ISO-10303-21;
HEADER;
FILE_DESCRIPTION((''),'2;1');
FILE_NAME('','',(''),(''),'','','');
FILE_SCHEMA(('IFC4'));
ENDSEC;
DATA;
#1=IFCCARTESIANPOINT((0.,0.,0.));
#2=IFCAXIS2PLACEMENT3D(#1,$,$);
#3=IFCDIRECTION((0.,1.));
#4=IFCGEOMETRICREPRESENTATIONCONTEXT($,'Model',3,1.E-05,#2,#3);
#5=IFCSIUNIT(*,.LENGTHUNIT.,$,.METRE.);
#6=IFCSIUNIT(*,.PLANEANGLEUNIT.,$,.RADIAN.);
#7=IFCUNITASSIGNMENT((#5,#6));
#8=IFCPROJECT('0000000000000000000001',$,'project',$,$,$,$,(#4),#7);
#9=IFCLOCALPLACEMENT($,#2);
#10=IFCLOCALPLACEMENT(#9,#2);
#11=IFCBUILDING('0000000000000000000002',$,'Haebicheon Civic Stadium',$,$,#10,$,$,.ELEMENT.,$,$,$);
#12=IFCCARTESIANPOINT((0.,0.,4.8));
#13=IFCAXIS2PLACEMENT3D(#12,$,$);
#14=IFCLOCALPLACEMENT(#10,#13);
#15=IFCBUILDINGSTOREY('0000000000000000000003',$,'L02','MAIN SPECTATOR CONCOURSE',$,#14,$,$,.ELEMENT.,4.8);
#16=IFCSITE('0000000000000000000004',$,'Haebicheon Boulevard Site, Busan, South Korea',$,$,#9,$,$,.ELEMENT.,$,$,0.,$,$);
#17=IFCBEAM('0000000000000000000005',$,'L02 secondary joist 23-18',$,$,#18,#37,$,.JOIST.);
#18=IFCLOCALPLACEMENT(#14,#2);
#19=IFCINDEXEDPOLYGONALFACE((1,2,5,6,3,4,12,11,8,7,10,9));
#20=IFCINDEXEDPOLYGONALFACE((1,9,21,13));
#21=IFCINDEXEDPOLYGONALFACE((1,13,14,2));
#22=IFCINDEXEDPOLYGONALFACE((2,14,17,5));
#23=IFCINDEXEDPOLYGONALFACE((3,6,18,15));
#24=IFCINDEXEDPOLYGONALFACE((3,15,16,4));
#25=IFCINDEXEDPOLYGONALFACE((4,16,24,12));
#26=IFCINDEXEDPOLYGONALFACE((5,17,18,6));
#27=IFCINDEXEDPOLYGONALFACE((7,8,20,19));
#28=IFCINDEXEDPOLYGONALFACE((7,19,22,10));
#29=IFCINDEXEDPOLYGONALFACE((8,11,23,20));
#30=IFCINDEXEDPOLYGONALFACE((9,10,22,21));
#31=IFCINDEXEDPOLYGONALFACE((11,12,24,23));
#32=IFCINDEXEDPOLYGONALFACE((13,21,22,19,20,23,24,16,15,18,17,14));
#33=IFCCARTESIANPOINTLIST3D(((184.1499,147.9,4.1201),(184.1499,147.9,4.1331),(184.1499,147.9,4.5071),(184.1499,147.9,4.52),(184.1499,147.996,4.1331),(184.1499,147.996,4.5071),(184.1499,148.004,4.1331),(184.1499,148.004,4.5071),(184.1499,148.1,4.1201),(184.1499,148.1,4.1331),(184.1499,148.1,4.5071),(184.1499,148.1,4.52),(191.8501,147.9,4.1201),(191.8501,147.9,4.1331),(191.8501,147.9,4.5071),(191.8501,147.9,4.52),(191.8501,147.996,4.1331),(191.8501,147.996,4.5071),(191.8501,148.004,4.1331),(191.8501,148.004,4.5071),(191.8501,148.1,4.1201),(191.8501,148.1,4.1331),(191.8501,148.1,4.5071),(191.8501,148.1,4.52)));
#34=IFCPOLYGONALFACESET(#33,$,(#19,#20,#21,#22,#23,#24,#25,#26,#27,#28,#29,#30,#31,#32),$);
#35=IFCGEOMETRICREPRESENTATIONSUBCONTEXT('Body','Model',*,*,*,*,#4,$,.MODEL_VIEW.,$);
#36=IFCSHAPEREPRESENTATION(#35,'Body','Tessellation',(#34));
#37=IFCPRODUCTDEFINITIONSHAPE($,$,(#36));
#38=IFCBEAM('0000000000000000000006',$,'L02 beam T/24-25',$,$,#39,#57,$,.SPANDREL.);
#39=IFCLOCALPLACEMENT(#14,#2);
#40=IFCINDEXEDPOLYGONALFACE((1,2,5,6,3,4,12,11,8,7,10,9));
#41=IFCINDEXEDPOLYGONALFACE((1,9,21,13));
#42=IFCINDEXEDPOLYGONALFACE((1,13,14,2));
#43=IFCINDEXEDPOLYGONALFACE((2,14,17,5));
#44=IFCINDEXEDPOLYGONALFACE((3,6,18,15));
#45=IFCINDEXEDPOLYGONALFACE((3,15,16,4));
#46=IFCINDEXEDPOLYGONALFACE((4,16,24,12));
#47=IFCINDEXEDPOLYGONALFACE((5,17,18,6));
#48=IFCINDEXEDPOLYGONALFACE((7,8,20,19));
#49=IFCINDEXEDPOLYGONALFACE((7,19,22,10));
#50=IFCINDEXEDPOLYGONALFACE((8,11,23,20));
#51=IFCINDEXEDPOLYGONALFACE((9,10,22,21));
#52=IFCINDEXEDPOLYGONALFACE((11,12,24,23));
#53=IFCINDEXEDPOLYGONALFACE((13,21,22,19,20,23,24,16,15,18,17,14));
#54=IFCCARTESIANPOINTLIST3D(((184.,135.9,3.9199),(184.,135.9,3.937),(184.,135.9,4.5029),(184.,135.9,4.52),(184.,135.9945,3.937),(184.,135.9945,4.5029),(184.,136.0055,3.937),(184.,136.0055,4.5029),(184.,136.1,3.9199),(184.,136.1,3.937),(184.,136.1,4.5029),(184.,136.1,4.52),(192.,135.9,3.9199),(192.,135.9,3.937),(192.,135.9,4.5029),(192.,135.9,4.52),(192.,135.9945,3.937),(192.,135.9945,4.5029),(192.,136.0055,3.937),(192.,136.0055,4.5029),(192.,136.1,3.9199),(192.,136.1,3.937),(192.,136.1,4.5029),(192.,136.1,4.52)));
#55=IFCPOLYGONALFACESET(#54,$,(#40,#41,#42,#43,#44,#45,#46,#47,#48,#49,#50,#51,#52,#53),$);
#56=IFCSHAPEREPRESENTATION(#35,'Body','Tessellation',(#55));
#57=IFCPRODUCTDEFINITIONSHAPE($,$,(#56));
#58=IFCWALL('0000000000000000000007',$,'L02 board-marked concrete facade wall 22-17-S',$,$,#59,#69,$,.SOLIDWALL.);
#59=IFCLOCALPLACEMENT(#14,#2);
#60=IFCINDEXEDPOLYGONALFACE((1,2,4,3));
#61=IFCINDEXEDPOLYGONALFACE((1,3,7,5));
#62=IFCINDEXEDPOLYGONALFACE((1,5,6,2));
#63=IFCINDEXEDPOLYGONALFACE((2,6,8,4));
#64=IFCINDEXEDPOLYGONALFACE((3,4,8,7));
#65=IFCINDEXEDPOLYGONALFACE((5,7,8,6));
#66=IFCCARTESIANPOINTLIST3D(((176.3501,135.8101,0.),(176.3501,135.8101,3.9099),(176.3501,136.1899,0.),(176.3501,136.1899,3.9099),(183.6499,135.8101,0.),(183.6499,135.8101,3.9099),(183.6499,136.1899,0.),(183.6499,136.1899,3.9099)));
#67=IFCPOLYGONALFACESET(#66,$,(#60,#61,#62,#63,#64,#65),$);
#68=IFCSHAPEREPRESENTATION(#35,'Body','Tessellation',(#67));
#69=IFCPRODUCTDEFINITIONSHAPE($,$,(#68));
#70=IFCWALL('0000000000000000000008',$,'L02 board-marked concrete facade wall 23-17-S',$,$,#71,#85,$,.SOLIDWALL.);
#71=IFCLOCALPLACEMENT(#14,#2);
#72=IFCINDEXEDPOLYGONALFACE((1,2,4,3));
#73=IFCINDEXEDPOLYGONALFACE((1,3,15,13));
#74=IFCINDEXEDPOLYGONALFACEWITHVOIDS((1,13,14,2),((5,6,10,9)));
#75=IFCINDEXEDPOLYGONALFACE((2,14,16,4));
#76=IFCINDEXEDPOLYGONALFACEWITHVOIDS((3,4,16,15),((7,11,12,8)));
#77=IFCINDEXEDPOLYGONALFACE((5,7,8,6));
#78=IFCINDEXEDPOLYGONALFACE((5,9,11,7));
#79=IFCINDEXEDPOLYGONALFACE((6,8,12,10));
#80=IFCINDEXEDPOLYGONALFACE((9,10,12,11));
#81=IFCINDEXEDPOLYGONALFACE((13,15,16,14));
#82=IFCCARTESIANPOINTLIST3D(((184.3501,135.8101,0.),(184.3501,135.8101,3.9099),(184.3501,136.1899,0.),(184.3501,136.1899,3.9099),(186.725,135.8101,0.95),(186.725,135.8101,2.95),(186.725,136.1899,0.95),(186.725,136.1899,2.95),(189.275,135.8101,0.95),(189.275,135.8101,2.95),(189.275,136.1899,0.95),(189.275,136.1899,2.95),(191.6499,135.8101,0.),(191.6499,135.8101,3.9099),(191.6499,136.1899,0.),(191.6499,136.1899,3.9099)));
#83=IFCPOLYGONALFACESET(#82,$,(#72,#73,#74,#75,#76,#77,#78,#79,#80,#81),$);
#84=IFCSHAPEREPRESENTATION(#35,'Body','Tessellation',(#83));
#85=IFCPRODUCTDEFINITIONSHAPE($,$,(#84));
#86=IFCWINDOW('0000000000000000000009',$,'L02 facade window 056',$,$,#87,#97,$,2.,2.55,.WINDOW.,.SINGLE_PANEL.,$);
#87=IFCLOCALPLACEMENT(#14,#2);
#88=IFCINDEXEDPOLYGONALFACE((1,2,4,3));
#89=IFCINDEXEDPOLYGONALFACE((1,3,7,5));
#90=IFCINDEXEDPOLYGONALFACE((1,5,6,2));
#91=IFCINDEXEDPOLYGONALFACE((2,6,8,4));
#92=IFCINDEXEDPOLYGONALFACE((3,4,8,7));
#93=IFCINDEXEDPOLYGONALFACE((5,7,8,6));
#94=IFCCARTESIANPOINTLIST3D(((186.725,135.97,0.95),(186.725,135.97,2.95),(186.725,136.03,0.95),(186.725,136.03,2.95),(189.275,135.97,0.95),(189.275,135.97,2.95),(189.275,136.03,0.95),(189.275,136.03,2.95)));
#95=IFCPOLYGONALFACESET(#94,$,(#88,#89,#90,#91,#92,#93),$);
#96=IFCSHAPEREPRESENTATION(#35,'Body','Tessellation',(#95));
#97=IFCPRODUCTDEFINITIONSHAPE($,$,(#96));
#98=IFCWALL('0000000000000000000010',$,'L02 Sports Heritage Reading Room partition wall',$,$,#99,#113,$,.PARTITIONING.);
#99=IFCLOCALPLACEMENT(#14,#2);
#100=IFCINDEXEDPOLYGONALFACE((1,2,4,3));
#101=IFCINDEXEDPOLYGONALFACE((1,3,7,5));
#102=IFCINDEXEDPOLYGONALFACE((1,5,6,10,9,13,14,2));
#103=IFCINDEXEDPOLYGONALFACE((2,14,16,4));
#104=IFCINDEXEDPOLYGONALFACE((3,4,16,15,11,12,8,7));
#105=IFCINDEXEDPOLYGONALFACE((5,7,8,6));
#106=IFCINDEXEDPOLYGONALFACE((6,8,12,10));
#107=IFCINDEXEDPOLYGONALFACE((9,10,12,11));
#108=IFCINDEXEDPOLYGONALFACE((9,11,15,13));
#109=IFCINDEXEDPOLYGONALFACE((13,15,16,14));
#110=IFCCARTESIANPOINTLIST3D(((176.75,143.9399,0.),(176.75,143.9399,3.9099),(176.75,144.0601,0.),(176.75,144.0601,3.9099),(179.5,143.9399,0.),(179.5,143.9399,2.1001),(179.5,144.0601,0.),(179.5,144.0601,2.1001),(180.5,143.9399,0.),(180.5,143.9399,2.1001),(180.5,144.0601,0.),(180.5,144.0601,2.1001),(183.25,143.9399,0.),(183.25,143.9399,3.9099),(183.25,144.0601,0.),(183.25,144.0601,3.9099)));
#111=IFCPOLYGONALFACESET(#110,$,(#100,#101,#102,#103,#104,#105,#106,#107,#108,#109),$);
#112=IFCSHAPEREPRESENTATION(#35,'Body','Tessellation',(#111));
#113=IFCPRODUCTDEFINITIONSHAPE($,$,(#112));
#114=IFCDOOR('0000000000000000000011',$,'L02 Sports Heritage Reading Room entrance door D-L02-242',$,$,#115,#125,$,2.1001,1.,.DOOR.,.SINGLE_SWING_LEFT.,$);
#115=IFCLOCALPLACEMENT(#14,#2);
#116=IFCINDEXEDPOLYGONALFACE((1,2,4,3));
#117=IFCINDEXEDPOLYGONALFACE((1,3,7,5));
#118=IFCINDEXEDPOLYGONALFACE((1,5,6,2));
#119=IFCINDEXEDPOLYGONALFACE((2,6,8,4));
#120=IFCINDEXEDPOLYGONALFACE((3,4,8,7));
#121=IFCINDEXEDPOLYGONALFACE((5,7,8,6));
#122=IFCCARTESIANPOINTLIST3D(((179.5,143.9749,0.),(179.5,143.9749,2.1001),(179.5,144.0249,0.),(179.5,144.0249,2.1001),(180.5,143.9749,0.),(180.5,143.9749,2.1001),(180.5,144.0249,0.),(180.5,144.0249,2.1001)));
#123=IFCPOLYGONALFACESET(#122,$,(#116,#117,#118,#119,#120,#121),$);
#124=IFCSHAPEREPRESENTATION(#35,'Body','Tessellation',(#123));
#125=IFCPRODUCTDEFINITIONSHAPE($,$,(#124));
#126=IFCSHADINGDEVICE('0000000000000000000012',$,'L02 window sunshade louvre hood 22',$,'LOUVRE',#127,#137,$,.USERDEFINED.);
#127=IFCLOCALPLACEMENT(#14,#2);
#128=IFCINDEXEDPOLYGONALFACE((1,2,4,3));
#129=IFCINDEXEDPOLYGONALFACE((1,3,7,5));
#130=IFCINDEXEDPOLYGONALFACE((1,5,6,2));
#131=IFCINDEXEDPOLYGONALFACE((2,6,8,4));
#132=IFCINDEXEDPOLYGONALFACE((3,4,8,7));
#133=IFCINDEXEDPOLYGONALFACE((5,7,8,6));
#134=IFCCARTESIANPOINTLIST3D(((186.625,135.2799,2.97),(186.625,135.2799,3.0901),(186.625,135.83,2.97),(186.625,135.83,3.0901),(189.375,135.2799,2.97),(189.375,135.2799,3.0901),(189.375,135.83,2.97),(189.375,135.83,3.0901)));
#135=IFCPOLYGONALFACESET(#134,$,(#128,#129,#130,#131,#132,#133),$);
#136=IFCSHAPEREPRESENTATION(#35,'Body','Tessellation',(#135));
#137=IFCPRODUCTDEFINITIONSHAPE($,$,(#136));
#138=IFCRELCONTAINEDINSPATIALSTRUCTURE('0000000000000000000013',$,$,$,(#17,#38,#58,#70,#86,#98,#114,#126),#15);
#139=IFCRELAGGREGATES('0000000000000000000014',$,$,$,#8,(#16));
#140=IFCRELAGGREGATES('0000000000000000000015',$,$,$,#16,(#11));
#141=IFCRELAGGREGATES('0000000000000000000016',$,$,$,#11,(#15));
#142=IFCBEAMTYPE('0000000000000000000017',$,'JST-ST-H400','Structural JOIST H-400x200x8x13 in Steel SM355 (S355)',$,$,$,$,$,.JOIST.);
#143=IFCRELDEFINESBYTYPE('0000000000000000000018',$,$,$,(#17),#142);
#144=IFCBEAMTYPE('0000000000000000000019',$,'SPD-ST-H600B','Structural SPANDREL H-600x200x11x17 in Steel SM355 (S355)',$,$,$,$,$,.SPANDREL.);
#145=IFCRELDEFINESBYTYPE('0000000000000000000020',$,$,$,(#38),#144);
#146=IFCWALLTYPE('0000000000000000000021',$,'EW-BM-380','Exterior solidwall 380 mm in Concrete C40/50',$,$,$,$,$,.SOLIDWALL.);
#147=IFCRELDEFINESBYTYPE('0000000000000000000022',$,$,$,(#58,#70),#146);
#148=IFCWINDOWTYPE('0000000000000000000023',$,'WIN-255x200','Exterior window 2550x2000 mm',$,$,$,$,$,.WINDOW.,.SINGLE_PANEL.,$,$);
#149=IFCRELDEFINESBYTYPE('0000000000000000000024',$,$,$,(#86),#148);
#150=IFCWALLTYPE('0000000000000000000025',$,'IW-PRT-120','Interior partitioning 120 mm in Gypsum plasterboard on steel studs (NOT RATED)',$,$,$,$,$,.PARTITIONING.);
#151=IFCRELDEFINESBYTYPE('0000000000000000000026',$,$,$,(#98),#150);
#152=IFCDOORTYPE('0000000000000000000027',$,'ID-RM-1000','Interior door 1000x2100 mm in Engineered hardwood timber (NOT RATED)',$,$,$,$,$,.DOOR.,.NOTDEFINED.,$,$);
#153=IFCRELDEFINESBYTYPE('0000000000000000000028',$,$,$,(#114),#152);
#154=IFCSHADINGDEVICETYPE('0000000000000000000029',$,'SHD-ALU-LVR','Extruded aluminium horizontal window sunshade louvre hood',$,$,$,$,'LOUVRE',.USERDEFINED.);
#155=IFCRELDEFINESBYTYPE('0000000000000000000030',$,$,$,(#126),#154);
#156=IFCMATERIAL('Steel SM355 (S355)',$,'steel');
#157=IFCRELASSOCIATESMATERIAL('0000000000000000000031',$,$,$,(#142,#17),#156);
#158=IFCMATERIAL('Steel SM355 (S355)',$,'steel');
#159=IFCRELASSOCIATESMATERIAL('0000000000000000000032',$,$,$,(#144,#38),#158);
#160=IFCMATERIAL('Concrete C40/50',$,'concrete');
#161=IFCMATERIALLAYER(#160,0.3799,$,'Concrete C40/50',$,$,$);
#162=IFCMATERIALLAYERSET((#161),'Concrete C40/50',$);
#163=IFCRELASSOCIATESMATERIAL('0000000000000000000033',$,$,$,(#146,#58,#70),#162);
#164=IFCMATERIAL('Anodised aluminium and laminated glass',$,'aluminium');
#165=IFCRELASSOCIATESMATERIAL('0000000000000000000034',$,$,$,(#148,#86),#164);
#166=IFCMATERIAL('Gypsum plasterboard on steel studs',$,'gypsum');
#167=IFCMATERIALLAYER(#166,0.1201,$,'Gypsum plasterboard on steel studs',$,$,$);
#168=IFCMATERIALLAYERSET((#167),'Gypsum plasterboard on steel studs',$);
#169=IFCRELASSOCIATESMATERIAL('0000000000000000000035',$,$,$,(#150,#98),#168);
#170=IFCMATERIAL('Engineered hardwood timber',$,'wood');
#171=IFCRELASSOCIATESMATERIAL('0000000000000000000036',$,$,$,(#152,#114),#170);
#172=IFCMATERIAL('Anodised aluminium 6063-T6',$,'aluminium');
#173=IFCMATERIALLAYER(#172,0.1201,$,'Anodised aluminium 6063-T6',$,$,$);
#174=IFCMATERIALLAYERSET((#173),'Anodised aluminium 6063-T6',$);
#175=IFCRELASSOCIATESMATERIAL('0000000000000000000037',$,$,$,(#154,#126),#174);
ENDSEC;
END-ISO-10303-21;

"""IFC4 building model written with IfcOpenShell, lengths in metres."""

from ifc_helpers import new_model, si_unit, direction, frame, frame_2d, origin, origin_2d, place, context, subcontext, project, spatial, rectangle, i_section, extrude, material, layer, layer_set, material_profile, profile_set, type_object, element, fill, save


model = new_model("IFC4")

# Units and contexts
model_context = context("Model", 3, precision=1e-05, world=origin(), true_north=direction((0.0, 1.0)))
body_context = subcontext(model_context, "Body", "Model", "MODEL_VIEW")
ifc_project = project(units=[si_unit("LENGTHUNIT", "METRE"), si_unit("PLANEANGLEUNIT", "RADIAN")], contexts=[model_context])

# Site, building, storey
site_placement = place(None, origin())
site = spatial("IfcSite", under=ifc_project, at=site_placement, Name="Haebicheon Boulevard Site, Busan, South Korea", CompositionType="ELEMENT", RefElevation=0.0)
building_placement = place(site_placement, origin())
building = spatial("IfcBuilding", under=site, at=building_placement, Name="Haebicheon Civic Stadium", CompositionType="ELEMENT")
storey_placement = place(building_placement, frame((0.0, 0.0, 4.8)))
storey = spatial("IfcBuildingStorey", under=building, at=storey_placement, Name="L02", Description="MAIN SPECTATOR CONCOURSE", CompositionType="ELEMENT", Elevation=4.8)

# Beams
ifc_material_1 = material(Name="Steel SM355 (S355)", Category="steel")
ifc_material_profile_1 = material_profile(ifc_material_1, i_section(OverallWidth=0.2, OverallDepth=0.3999, WebThickness=0.0081, FlangeThickness=0.0129, at=origin_2d()), Name="H-400x200x8x13")
ifc_profile_set_1 = profile_set([ifc_material_profile_1], Name="Steel SM355 (S355)")
beam_type_1 = type_object("IfcBeamType", Name="JST-ST-H400", Description="Structural JOIST H-400x200x8x13 in Steel SM355 (S355)", PredefinedType="JOIST", material=ifc_profile_set_1)
for number, where, z_axis, x_axis, name in (
    (1, (184.1499, 148.0, 4.3201), (1.0, 0.0, 0.0), (0.0, 1.0, 0.0), "L02 secondary joist 23-18"),
):
    element("IfcBeam", number, at=place(storey_placement, frame(where, z_axis=z_axis, x_axis=x_axis)), inside=storey, type_object=beam_type_1, material=ifc_profile_set_1, Name=name, PredefinedType="JOIST", context=body_context, shape_type="SweptSolid", body=[
        extrude(i_section(OverallWidth=0.2, OverallDepth=0.3999, WebThickness=0.0081, FlangeThickness=0.0129, at=origin_2d()), origin(), (0.0, 0.0, 1.0), 7.7002),
    ])
ifc_material_2 = material(Name="Steel SM355 (S355)", Category="steel")
ifc_material_profile_2 = material_profile(ifc_material_2, i_section(OverallWidth=0.2, OverallDepth=0.6001, WebThickness=0.011, FlangeThickness=0.0171, at=origin_2d()), Name="H-600x200x11x17")
ifc_profile_set_2 = profile_set([ifc_material_profile_2], Name="Steel SM355 (S355)")
beam_type_2 = type_object("IfcBeamType", Name="SPD-ST-H600B", Description="Structural SPANDREL H-600x200x11x17 in Steel SM355 (S355)", PredefinedType="SPANDREL", material=ifc_profile_set_2)
beam_1_placement = place(storey_placement, frame((184.0, 136.0, 4.22), z_axis=(1.0, 0.0, 0.0), x_axis=(0.0, 1.0, 0.0)))
element("IfcBeam", 2, at=beam_1_placement, inside=storey, type_object=beam_type_2, material=ifc_profile_set_2, Name="L02 beam T/24-25", PredefinedType="SPANDREL", context=body_context, shape_type="SweptSolid", body=[
    extrude(i_section(OverallWidth=0.2, OverallDepth=0.6001, WebThickness=0.011, FlangeThickness=0.0171, at=origin_2d()), origin(), (0.0, 0.0, 1.0), 8.0),
])

# Wall
ifc_material_3 = material(Name="Concrete C40/50", Category="concrete")
ifc_layer_1 = layer(ifc_material_3, 0.3799, Name="Concrete C40/50")
ifc_layer_set_1 = layer_set([ifc_layer_1], Name="Concrete C40/50")
wall_type_1 = type_object("IfcWallType", Name="EW-BM-380", Description="Exterior solidwall 380 mm in Concrete C40/50", PredefinedType="SOLIDWALL", material=ifc_layer_set_1)
wall_1_placement = place(storey_placement, frame((176.3501, 136.0, 0.0), z_axis=(0.0, 0.0, 1.0), x_axis=(1.0, 0.0, 0.0)))
element("IfcWall", 3, at=wall_1_placement, inside=storey, type_object=wall_type_1, material=ifc_layer_set_1, Name="L02 board-marked concrete facade wall 22-17-S", PredefinedType="SOLIDWALL", context=body_context, shape_type="SweptSolid", body=[
    extrude(rectangle(XDim=7.2998, YDim=0.3799, at=frame_2d((3.6499, 0.0))), origin(), (0.0, 0.0, 1.0), 3.9099),
])

# Wall, opening, window
wall_2_placement = place(storey_placement, frame((184.3501, 136.0, 0.0), z_axis=(0.0, 0.0, 1.0), x_axis=(1.0, 0.0, 0.0)))
wall_2 = element("IfcWall", 4, at=wall_2_placement, inside=storey, type_object=wall_type_1, material=ifc_layer_set_1, Name="L02 board-marked concrete facade wall 23-17-S", PredefinedType="SOLIDWALL", context=body_context, shape_type="SweptSolid", body=[
    extrude(rectangle(XDim=7.2998, YDim=0.3799, at=frame_2d((3.6499, 0.0))), origin(), (0.0, 0.0, 1.0), 3.9099),
])
opening_1_placement = place(wall_2_placement, frame((2.375, 0.0, 0.95)))
opening_1 = element("IfcOpeningElement", 5, at=opening_1_placement, cuts=wall_2, PredefinedType="OPENING", context=body_context, shape_type="SweptSolid", body=[
    extrude(rectangle(XDim=2.55, YDim=2.0, at=frame_2d((1.2749, 1.0))), frame((0.0, 0.2, 0.0), z_axis=(0.0, -1.0, 0.0), x_axis=(1.0, 0.0, 0.0)), (0.0, 0.0, 1.0), 0.3999),
])
ifc_material_4 = material(Name="Anodised aluminium and laminated glass", Category="aluminium")
window_type = type_object("IfcWindowType", Name="WIN-255x200", Description="Exterior window 2550x2000 mm", PartitioningType="SINGLE_PANEL", PredefinedType="WINDOW", material=ifc_material_4)
window_placement = place(opening_1_placement, origin())
window = element("IfcWindow", 6, at=window_placement, inside=storey, type_object=window_type, material=ifc_material_4, Name="L02 facade window 056", OverallHeight=2.0, OverallWidth=2.55, PartitioningType="SINGLE_PANEL", PredefinedType="WINDOW", context=body_context, shape_type="SweptSolid", body=[
    extrude(rectangle(XDim=2.55, YDim=2.0, at=frame_2d((1.2749, 1.0))), frame((0.0, 0.03, 0.0), z_axis=(0.0, -1.0, 0.0), x_axis=(1.0, 0.0, 0.0)), (0.0, 0.0, 1.0), 0.0601),
])
fill(opening_1, window)

# Wall, opening, door
ifc_material_5 = material(Name="Gypsum plasterboard on steel studs", Category="gypsum")
ifc_layer_2 = layer(ifc_material_5, 0.1201, Name="Gypsum plasterboard on steel studs")
ifc_layer_set_2 = layer_set([ifc_layer_2], Name="Gypsum plasterboard on steel studs")
wall_type_2 = type_object("IfcWallType", Name="IW-PRT-120", Description="Interior partitioning 120 mm in Gypsum plasterboard on steel studs (NOT RATED)", PredefinedType="PARTITIONING", material=ifc_layer_set_2)
wall_3_placement = place(storey_placement, frame((176.75, 144.0, 0.0), z_axis=(0.0, 0.0, 1.0), x_axis=(1.0, 0.0, 0.0)))
wall_3 = element("IfcWall", 7, at=wall_3_placement, inside=storey, type_object=wall_type_2, material=ifc_layer_set_2, Name="L02 Sports Heritage Reading Room partition wall", PredefinedType="PARTITIONING", context=body_context, shape_type="SweptSolid", body=[
    extrude(rectangle(XDim=6.5, YDim=0.1201, at=frame_2d((3.25, 0.0))), origin(), (0.0, 0.0, 1.0), 3.9099),
])
opening_2_placement = place(wall_3_placement, frame((2.75, 0.0, 0.0)))
opening_2 = element("IfcOpeningElement", 8, at=opening_2_placement, cuts=wall_3, PredefinedType="OPENING", context=body_context, shape_type="SweptSolid", body=[
    extrude(rectangle(XDim=1.0, YDim=2.1001, at=frame_2d((0.5, 1.05))), frame((0.0, 0.0701, 0.0), z_axis=(0.0, -1.0, 0.0), x_axis=(1.0, 0.0, 0.0)), (0.0, 0.0, 1.0), 0.1401),
])
ifc_material_6 = material(Name="Engineered hardwood timber", Category="wood")
door_type = type_object("IfcDoorType", Name="ID-RM-1000", Description="Interior door 1000x2100 mm in Engineered hardwood timber (NOT RATED)", OperationType="NOTDEFINED", PredefinedType="DOOR", material=ifc_material_6)
door_placement = place(opening_2_placement, origin())
door = element("IfcDoor", 9, at=door_placement, inside=storey, type_object=door_type, material=ifc_material_6, Name="L02 Sports Heritage Reading Room entrance door D-L02-242", OperationType="SINGLE_SWING_LEFT", OverallHeight=2.1001, OverallWidth=1.0, PredefinedType="DOOR", context=body_context, shape_type="SweptSolid", body=[
    extrude(rectangle(XDim=1.0, YDim=2.1001, at=frame_2d((0.5, 1.05))), frame((0.0, 0.0249, 0.0), z_axis=(0.0, -1.0, 0.0), x_axis=(1.0, 0.0, 0.0)), (0.0, 0.0, 1.0), 0.05),
])
fill(opening_2, door)

# Shading device
ifc_material_7 = material(Name="Anodised aluminium 6063-T6", Category="aluminium")
ifc_layer_3 = layer(ifc_material_7, 0.1201, Name="Anodised aluminium 6063-T6")
ifc_layer_set_3 = layer_set([ifc_layer_3], Name="Anodised aluminium 6063-T6")
shading_device_type = type_object("IfcShadingDeviceType", Name="SHD-ALU-LVR", Description="Extruded aluminium horizontal window sunshade louvre hood", ElementType="LOUVRE", PredefinedType="USERDEFINED", material=ifc_layer_set_3)
shading_device_placement = place(storey_placement, frame((188.0, 135.5549, 2.97), z_axis=(0.0, 0.0, 1.0), x_axis=(1.0, 0.0, 0.0)))
element("IfcShadingDevice", 10, at=shading_device_placement, inside=storey, type_object=shading_device_type, material=ifc_layer_set_3, Name="L02 window sunshade louvre hood 22", ObjectType="LOUVRE", PredefinedType="USERDEFINED", context=body_context, shape_type="SweptSolid", body=[
    extrude(rectangle(XDim=2.75, YDim=0.55, at=origin_2d()), origin(), (0.0, 0.0, 1.0), 0.1201),
])

save(model, "model.ifc")
